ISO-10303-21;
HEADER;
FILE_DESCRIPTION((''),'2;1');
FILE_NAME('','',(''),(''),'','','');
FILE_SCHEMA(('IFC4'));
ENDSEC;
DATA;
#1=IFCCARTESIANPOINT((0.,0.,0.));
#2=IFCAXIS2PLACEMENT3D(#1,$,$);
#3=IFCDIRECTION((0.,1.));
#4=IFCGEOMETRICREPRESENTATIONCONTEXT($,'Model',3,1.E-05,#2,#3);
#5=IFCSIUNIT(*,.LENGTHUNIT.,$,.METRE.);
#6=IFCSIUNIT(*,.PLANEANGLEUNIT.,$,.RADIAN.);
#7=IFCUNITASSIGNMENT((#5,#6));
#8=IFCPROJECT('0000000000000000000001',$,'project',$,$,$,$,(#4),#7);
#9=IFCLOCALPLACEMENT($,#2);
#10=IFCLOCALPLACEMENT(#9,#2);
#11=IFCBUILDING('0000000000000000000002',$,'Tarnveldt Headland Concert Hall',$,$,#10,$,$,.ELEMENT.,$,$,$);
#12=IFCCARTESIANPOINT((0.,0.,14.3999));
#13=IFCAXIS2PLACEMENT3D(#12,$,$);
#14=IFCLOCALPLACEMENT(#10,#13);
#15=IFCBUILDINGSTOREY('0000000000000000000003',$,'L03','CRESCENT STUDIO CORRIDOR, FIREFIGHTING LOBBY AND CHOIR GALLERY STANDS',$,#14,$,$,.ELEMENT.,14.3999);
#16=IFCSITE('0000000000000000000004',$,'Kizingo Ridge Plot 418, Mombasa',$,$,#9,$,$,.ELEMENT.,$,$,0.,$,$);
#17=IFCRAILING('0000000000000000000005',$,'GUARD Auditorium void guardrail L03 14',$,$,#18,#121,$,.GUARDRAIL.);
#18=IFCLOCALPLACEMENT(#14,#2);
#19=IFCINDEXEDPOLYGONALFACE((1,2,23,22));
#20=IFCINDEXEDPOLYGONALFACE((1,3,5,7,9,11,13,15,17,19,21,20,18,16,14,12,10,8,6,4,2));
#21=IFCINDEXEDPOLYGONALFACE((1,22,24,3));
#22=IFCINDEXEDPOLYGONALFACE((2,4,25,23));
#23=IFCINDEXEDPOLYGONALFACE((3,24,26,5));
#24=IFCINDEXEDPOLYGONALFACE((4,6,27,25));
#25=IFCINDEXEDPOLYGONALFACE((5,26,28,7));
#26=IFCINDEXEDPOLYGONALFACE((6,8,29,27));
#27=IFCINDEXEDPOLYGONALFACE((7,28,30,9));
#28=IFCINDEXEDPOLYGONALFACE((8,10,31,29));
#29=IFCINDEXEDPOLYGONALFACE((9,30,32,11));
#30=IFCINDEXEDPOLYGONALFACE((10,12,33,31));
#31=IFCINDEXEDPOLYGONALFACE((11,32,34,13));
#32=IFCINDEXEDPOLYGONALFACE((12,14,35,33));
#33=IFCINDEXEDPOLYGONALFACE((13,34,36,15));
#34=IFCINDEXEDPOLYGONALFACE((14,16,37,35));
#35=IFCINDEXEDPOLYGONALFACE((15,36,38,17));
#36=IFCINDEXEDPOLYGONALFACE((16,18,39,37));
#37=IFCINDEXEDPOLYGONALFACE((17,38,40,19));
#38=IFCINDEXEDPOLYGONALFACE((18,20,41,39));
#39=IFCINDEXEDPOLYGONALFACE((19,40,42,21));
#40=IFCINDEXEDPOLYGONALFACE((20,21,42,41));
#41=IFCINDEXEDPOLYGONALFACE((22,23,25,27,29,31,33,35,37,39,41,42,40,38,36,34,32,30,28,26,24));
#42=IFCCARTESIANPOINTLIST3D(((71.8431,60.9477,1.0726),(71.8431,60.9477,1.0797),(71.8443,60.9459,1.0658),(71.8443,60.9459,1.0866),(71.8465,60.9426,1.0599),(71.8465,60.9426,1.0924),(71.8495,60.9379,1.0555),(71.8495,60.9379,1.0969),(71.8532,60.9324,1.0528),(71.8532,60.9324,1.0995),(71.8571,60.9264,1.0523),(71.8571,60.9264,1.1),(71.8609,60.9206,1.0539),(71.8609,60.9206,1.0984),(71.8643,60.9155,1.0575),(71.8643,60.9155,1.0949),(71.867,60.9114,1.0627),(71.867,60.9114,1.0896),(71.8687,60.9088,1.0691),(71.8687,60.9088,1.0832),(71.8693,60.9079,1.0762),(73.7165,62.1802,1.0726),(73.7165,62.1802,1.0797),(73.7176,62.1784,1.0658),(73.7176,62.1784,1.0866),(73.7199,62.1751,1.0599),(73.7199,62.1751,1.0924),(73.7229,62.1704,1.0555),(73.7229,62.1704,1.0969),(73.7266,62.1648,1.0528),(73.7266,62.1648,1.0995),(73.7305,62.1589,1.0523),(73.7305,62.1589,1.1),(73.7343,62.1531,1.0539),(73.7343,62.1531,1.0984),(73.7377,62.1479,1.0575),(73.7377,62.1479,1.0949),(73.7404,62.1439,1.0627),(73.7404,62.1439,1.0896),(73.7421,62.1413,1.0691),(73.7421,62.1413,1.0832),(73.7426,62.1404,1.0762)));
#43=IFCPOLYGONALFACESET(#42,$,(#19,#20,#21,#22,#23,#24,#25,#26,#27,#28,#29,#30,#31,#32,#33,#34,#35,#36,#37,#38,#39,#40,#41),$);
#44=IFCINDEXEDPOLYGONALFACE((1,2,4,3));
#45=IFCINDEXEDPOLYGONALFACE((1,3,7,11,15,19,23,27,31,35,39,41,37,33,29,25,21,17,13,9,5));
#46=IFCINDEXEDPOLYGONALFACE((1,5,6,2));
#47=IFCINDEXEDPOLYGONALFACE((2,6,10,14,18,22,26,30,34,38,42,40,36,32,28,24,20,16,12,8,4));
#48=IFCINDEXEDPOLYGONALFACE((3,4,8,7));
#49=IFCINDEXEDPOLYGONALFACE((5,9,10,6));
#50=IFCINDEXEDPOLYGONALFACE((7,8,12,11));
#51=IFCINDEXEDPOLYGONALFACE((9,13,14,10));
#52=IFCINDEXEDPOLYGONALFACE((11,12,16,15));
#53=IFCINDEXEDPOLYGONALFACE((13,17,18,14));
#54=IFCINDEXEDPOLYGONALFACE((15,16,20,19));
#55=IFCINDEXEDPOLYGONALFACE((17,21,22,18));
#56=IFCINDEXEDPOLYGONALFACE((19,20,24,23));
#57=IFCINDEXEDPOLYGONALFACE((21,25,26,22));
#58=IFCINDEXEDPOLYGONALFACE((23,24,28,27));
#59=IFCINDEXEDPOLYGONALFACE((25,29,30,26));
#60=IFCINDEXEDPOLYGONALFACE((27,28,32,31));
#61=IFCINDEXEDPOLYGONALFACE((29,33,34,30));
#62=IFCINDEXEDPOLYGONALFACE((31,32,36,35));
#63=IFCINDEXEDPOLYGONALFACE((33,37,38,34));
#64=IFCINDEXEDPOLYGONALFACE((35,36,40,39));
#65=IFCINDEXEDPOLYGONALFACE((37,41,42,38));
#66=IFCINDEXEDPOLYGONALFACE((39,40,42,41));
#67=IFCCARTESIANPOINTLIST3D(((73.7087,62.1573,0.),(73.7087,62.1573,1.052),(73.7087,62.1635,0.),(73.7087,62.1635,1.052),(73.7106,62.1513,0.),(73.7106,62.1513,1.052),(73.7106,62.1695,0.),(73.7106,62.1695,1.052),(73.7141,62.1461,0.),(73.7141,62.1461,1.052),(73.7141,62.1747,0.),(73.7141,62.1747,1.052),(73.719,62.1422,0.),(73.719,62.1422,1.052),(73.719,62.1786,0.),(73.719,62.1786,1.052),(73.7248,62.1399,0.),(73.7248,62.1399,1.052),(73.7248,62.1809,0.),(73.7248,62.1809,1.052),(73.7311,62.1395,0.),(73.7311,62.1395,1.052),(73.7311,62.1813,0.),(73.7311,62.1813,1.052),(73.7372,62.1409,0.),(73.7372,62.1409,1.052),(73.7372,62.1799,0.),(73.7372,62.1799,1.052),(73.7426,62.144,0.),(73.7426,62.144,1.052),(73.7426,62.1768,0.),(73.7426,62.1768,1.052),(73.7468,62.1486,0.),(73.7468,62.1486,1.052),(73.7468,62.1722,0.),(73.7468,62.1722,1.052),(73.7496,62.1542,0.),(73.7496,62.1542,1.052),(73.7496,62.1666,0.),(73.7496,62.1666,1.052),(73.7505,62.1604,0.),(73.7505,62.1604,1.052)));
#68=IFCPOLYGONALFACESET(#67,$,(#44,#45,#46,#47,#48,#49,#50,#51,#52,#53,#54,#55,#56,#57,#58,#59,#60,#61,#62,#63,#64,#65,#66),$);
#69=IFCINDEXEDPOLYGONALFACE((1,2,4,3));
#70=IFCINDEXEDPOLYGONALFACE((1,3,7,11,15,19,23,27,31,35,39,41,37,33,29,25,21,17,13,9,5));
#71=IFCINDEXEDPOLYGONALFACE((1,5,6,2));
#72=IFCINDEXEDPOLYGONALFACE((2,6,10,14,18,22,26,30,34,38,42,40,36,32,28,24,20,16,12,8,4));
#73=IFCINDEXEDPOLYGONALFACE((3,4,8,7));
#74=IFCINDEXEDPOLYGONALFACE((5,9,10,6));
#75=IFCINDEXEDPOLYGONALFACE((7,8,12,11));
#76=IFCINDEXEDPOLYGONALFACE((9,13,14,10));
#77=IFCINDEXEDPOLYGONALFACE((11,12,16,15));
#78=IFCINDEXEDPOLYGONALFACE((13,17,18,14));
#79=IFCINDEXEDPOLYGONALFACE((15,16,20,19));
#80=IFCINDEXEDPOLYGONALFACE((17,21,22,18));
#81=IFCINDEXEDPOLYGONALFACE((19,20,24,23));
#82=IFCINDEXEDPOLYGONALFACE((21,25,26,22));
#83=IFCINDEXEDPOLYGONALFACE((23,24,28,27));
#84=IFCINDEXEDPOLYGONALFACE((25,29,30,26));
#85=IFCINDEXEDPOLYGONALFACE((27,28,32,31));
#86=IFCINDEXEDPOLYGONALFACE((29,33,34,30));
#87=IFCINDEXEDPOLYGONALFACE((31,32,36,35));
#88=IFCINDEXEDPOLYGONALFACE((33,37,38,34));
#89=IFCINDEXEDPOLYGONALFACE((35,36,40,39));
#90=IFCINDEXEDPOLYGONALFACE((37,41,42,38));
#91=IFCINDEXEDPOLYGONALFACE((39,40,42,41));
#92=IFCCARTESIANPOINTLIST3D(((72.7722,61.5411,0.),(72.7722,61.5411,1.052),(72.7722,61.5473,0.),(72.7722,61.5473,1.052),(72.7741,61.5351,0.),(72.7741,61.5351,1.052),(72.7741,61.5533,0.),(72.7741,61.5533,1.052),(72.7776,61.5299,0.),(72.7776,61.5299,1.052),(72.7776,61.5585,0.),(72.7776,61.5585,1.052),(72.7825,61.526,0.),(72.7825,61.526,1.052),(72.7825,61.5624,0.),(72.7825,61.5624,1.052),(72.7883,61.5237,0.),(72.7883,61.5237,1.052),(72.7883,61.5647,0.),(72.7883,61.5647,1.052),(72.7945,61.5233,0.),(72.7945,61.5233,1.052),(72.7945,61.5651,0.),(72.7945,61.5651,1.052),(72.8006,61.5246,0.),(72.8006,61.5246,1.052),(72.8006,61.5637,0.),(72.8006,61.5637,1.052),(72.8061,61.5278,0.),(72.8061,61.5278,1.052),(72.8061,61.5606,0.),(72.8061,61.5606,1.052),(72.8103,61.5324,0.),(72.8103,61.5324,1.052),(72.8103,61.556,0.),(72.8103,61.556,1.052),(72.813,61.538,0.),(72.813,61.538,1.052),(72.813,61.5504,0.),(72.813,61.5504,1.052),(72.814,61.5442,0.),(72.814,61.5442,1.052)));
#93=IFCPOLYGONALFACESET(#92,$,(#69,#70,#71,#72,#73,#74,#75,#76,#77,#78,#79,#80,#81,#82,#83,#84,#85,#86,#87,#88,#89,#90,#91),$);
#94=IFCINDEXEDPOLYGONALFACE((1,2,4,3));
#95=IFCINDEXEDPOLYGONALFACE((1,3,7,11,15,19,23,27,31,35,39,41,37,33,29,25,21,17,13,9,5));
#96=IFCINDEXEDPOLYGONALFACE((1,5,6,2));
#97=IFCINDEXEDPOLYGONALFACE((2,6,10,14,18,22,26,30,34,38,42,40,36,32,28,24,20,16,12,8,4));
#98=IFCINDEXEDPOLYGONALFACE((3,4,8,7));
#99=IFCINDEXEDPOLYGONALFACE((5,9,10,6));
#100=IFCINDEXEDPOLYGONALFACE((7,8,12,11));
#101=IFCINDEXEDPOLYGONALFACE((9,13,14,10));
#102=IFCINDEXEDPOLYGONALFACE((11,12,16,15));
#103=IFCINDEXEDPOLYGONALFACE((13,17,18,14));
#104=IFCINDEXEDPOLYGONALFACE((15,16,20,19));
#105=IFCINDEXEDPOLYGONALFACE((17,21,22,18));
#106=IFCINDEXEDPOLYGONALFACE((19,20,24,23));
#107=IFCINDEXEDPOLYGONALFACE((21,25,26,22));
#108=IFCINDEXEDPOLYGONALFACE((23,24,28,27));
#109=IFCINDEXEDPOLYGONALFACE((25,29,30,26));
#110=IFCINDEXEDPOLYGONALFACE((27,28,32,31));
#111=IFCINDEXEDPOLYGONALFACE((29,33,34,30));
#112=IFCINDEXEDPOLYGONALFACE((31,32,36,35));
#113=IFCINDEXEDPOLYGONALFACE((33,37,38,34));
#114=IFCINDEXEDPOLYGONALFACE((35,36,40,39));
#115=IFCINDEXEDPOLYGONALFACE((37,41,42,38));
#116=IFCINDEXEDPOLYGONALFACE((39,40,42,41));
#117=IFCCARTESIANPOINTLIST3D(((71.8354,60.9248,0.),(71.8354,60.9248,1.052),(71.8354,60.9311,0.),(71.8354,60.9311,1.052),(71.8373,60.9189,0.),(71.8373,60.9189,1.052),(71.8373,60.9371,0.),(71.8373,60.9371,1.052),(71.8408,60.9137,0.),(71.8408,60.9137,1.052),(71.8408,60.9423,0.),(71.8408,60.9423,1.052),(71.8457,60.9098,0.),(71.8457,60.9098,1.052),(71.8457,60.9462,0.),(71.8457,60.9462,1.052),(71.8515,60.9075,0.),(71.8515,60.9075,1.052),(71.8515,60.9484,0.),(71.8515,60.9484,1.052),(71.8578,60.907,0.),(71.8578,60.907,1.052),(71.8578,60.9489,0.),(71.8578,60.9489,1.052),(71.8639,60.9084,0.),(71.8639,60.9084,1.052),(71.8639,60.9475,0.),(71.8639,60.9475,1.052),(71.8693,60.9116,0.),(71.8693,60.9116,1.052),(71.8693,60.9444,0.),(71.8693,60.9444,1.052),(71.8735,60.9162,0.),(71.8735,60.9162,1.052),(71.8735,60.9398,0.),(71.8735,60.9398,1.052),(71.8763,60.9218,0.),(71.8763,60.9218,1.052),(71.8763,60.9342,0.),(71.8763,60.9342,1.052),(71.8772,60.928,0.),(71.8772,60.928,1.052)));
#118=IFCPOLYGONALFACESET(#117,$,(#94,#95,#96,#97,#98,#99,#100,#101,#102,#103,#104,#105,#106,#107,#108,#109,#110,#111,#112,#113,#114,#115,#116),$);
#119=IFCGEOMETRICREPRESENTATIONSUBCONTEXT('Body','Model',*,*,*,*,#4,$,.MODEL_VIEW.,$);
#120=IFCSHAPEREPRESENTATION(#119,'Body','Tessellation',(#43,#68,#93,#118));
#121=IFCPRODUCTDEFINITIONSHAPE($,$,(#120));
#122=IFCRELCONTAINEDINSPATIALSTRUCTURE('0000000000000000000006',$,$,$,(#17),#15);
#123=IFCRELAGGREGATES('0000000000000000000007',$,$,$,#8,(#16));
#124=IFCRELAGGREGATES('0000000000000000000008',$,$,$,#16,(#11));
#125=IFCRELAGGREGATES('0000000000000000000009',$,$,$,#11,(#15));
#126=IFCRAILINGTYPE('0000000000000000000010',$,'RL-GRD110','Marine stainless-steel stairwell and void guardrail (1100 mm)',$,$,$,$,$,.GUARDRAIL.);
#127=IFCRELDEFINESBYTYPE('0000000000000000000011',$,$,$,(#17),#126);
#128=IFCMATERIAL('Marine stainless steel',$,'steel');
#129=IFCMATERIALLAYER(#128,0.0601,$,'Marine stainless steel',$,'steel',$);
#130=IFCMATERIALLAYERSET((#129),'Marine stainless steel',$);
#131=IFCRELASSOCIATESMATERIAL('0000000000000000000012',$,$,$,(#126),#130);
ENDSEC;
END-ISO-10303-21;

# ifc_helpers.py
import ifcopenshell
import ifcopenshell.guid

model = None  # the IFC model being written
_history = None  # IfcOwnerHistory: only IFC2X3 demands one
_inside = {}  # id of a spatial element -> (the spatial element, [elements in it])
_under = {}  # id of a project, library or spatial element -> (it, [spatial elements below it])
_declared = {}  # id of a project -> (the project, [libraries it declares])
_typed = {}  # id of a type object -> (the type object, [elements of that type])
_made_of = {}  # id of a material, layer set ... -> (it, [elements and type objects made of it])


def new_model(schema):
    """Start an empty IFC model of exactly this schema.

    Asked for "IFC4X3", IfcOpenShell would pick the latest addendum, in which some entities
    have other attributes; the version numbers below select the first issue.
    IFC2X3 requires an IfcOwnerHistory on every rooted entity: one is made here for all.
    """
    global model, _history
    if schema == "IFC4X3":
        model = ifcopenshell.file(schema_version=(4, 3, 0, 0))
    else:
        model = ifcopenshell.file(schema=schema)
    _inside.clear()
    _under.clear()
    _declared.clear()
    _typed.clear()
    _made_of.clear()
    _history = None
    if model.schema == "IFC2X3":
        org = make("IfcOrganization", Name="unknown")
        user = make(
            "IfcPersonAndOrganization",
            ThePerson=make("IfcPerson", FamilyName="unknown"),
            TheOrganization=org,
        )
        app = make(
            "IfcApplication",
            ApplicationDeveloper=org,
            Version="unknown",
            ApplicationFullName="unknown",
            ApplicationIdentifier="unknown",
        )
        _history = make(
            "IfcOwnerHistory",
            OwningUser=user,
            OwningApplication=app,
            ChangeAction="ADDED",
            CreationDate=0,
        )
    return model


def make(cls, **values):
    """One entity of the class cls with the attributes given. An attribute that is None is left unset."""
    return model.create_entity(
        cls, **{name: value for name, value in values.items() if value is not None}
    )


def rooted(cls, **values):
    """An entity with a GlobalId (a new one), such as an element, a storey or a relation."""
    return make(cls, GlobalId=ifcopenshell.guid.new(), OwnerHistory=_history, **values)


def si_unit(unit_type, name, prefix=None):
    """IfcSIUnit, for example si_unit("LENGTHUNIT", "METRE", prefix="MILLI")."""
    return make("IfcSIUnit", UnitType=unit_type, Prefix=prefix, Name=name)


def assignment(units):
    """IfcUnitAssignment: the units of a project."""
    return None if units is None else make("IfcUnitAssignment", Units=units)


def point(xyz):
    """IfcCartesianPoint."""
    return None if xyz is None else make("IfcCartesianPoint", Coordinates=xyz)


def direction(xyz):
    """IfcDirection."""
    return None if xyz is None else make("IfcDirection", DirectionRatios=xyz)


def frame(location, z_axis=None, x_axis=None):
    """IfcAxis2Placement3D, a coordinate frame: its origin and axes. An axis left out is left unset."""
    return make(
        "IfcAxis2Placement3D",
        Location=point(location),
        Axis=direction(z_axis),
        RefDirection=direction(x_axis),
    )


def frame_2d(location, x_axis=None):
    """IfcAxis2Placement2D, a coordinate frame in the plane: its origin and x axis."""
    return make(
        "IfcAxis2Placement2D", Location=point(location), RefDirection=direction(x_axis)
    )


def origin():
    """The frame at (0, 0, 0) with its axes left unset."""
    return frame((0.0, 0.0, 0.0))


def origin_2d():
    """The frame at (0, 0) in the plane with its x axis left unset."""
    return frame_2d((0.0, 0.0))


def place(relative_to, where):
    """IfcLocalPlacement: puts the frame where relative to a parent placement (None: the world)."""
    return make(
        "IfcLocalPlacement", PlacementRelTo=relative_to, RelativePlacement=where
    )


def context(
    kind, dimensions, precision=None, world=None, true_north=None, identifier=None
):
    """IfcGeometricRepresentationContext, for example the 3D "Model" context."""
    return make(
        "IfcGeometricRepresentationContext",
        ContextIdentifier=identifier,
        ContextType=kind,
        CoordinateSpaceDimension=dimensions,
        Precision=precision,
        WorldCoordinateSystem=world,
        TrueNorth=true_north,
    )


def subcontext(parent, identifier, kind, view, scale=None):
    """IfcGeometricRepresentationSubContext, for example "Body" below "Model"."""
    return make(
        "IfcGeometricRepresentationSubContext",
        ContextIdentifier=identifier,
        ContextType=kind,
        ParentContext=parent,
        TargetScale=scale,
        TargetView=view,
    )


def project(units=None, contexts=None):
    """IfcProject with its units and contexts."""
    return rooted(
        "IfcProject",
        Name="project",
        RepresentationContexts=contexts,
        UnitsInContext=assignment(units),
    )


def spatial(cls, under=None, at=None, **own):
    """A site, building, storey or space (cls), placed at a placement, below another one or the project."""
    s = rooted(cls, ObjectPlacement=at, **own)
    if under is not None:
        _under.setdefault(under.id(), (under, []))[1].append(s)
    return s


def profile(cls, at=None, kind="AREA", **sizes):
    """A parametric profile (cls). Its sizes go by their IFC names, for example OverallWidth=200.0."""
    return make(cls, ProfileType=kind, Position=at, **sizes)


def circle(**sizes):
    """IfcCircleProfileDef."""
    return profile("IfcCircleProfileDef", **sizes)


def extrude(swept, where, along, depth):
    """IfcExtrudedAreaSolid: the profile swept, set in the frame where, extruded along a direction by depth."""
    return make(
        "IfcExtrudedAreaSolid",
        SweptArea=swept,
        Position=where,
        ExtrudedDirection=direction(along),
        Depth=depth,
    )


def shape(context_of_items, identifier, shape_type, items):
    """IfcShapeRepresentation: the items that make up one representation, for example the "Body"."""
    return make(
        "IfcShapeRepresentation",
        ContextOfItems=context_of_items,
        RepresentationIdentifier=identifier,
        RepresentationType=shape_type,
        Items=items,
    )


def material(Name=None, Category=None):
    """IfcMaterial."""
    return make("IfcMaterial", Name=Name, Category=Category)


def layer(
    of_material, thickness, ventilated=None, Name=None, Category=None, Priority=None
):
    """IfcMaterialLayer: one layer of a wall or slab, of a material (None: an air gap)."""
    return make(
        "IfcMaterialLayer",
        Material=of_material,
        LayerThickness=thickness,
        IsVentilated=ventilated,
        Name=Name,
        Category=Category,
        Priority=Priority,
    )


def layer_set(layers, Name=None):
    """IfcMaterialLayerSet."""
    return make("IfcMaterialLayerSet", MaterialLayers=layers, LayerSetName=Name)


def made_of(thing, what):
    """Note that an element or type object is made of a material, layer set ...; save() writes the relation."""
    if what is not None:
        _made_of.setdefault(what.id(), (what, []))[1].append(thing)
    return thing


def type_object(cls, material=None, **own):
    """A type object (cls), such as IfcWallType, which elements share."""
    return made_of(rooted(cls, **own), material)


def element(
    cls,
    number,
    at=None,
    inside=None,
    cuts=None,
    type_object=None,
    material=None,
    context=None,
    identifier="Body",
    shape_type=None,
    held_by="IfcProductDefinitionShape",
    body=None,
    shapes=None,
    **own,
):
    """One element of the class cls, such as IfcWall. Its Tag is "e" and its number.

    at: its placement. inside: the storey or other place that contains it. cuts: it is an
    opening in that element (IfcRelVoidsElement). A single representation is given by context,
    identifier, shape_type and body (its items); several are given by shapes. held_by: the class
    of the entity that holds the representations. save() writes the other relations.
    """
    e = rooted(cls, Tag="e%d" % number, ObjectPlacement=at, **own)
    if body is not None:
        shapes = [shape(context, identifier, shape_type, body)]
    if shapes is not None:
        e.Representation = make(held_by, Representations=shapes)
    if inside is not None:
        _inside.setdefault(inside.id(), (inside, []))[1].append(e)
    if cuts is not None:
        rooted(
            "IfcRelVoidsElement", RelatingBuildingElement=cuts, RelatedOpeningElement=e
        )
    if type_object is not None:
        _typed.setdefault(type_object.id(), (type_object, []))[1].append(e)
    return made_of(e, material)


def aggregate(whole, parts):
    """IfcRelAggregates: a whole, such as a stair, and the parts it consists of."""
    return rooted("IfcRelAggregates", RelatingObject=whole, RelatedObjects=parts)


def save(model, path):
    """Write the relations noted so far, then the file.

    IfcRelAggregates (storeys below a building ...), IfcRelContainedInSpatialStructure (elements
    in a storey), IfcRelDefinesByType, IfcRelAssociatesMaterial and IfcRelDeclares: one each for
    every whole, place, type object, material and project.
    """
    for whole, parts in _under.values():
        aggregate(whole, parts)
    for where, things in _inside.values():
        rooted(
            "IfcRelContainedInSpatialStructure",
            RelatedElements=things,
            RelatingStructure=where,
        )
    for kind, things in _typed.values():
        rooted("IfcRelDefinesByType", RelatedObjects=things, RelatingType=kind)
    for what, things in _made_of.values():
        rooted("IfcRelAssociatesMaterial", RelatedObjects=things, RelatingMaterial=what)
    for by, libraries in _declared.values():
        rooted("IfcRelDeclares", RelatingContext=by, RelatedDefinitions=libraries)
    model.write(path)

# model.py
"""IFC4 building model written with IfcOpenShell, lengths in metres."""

from ifc_helpers import new_model, si_unit, direction, frame, origin, origin_2d, place, context, subcontext, project, spatial, circle, extrude, material, layer, layer_set, type_object, element, save


model = new_model("IFC4")

# Units and contexts
model_context = context("Model", 3, precision=1e-05, world=origin(), true_north=direction((0.0, 1.0)))
body_context = subcontext(model_context, "Body", "Model", "MODEL_VIEW")
ifc_project = project(units=[si_unit("LENGTHUNIT", "METRE"), si_unit("PLANEANGLEUNIT", "RADIAN")], contexts=[model_context])

# Site, building, storey
site_placement = place(None, origin())
site = spatial("IfcSite", under=ifc_project, at=site_placement, Name="Kizingo Ridge Plot 418, Mombasa", CompositionType="ELEMENT", RefElevation=0.0)
building_placement = place(site_placement, origin())
building = spatial("IfcBuilding", under=site, at=building_placement, Name="Tarnveldt Headland Concert Hall", CompositionType="ELEMENT")
storey_placement = place(building_placement, frame((0.0, 0.0, 14.3999)))
storey = spatial("IfcBuildingStorey", under=building, at=storey_placement, Name="L03", Description="CRESCENT STUDIO CORRIDOR, FIREFIGHTING LOBBY AND CHOIR GALLERY STANDS", CompositionType="ELEMENT", Elevation=14.3999)

# Railing
ifc_material_1 = material(Name="Marine stainless steel", Category="steel")
ifc_layer_1 = layer(ifc_material_1, 0.0601, Name="Marine stainless steel", Category="steel")
ifc_layer_set_1 = layer_set([ifc_layer_1], Name="Marine stainless steel")
railing_type = type_object("IfcRailingType", Name="RL-GRD110", Description="Marine stainless-steel stairwell and void guardrail (1100 mm)", PredefinedType="GUARDRAIL", material=ifc_layer_set_1)
railing_1_placement = place(storey_placement, frame((73.7295, 62.1604, 0.0)))
element("IfcRailing", 1, at=railing_1_placement, inside=storey, type_object=railing_type, Name="GUARD Auditorium void guardrail L03 14", PredefinedType="GUARDRAIL", context=body_context, shape_type="SweptSolid", body=[
    extrude(circle(Radius=0.0239, at=origin_2d()), frame((0.0, 0.0, 1.0762), z_axis=(-0.835418, -0.549615, 0.0), x_axis=(0.549615, -0.835418, 0.0)), (0.0, 0.0, 1.0), 2.2424),
    extrude(circle(Radius=0.021, at=origin_2d()), origin(), (0.0, 0.0, 1.0), 1.052),
    extrude(circle(Radius=0.021, at=origin_2d()), frame((-0.9365, -0.6162, 0.0)), (0.0, 0.0, 1.0), 1.052),
    extrude(circle(Radius=0.021, at=origin_2d()), frame((-1.8733, -1.2324, 0.0)), (0.0, 0.0, 1.0), 1.052),
])

save(model, "model.ifc")
